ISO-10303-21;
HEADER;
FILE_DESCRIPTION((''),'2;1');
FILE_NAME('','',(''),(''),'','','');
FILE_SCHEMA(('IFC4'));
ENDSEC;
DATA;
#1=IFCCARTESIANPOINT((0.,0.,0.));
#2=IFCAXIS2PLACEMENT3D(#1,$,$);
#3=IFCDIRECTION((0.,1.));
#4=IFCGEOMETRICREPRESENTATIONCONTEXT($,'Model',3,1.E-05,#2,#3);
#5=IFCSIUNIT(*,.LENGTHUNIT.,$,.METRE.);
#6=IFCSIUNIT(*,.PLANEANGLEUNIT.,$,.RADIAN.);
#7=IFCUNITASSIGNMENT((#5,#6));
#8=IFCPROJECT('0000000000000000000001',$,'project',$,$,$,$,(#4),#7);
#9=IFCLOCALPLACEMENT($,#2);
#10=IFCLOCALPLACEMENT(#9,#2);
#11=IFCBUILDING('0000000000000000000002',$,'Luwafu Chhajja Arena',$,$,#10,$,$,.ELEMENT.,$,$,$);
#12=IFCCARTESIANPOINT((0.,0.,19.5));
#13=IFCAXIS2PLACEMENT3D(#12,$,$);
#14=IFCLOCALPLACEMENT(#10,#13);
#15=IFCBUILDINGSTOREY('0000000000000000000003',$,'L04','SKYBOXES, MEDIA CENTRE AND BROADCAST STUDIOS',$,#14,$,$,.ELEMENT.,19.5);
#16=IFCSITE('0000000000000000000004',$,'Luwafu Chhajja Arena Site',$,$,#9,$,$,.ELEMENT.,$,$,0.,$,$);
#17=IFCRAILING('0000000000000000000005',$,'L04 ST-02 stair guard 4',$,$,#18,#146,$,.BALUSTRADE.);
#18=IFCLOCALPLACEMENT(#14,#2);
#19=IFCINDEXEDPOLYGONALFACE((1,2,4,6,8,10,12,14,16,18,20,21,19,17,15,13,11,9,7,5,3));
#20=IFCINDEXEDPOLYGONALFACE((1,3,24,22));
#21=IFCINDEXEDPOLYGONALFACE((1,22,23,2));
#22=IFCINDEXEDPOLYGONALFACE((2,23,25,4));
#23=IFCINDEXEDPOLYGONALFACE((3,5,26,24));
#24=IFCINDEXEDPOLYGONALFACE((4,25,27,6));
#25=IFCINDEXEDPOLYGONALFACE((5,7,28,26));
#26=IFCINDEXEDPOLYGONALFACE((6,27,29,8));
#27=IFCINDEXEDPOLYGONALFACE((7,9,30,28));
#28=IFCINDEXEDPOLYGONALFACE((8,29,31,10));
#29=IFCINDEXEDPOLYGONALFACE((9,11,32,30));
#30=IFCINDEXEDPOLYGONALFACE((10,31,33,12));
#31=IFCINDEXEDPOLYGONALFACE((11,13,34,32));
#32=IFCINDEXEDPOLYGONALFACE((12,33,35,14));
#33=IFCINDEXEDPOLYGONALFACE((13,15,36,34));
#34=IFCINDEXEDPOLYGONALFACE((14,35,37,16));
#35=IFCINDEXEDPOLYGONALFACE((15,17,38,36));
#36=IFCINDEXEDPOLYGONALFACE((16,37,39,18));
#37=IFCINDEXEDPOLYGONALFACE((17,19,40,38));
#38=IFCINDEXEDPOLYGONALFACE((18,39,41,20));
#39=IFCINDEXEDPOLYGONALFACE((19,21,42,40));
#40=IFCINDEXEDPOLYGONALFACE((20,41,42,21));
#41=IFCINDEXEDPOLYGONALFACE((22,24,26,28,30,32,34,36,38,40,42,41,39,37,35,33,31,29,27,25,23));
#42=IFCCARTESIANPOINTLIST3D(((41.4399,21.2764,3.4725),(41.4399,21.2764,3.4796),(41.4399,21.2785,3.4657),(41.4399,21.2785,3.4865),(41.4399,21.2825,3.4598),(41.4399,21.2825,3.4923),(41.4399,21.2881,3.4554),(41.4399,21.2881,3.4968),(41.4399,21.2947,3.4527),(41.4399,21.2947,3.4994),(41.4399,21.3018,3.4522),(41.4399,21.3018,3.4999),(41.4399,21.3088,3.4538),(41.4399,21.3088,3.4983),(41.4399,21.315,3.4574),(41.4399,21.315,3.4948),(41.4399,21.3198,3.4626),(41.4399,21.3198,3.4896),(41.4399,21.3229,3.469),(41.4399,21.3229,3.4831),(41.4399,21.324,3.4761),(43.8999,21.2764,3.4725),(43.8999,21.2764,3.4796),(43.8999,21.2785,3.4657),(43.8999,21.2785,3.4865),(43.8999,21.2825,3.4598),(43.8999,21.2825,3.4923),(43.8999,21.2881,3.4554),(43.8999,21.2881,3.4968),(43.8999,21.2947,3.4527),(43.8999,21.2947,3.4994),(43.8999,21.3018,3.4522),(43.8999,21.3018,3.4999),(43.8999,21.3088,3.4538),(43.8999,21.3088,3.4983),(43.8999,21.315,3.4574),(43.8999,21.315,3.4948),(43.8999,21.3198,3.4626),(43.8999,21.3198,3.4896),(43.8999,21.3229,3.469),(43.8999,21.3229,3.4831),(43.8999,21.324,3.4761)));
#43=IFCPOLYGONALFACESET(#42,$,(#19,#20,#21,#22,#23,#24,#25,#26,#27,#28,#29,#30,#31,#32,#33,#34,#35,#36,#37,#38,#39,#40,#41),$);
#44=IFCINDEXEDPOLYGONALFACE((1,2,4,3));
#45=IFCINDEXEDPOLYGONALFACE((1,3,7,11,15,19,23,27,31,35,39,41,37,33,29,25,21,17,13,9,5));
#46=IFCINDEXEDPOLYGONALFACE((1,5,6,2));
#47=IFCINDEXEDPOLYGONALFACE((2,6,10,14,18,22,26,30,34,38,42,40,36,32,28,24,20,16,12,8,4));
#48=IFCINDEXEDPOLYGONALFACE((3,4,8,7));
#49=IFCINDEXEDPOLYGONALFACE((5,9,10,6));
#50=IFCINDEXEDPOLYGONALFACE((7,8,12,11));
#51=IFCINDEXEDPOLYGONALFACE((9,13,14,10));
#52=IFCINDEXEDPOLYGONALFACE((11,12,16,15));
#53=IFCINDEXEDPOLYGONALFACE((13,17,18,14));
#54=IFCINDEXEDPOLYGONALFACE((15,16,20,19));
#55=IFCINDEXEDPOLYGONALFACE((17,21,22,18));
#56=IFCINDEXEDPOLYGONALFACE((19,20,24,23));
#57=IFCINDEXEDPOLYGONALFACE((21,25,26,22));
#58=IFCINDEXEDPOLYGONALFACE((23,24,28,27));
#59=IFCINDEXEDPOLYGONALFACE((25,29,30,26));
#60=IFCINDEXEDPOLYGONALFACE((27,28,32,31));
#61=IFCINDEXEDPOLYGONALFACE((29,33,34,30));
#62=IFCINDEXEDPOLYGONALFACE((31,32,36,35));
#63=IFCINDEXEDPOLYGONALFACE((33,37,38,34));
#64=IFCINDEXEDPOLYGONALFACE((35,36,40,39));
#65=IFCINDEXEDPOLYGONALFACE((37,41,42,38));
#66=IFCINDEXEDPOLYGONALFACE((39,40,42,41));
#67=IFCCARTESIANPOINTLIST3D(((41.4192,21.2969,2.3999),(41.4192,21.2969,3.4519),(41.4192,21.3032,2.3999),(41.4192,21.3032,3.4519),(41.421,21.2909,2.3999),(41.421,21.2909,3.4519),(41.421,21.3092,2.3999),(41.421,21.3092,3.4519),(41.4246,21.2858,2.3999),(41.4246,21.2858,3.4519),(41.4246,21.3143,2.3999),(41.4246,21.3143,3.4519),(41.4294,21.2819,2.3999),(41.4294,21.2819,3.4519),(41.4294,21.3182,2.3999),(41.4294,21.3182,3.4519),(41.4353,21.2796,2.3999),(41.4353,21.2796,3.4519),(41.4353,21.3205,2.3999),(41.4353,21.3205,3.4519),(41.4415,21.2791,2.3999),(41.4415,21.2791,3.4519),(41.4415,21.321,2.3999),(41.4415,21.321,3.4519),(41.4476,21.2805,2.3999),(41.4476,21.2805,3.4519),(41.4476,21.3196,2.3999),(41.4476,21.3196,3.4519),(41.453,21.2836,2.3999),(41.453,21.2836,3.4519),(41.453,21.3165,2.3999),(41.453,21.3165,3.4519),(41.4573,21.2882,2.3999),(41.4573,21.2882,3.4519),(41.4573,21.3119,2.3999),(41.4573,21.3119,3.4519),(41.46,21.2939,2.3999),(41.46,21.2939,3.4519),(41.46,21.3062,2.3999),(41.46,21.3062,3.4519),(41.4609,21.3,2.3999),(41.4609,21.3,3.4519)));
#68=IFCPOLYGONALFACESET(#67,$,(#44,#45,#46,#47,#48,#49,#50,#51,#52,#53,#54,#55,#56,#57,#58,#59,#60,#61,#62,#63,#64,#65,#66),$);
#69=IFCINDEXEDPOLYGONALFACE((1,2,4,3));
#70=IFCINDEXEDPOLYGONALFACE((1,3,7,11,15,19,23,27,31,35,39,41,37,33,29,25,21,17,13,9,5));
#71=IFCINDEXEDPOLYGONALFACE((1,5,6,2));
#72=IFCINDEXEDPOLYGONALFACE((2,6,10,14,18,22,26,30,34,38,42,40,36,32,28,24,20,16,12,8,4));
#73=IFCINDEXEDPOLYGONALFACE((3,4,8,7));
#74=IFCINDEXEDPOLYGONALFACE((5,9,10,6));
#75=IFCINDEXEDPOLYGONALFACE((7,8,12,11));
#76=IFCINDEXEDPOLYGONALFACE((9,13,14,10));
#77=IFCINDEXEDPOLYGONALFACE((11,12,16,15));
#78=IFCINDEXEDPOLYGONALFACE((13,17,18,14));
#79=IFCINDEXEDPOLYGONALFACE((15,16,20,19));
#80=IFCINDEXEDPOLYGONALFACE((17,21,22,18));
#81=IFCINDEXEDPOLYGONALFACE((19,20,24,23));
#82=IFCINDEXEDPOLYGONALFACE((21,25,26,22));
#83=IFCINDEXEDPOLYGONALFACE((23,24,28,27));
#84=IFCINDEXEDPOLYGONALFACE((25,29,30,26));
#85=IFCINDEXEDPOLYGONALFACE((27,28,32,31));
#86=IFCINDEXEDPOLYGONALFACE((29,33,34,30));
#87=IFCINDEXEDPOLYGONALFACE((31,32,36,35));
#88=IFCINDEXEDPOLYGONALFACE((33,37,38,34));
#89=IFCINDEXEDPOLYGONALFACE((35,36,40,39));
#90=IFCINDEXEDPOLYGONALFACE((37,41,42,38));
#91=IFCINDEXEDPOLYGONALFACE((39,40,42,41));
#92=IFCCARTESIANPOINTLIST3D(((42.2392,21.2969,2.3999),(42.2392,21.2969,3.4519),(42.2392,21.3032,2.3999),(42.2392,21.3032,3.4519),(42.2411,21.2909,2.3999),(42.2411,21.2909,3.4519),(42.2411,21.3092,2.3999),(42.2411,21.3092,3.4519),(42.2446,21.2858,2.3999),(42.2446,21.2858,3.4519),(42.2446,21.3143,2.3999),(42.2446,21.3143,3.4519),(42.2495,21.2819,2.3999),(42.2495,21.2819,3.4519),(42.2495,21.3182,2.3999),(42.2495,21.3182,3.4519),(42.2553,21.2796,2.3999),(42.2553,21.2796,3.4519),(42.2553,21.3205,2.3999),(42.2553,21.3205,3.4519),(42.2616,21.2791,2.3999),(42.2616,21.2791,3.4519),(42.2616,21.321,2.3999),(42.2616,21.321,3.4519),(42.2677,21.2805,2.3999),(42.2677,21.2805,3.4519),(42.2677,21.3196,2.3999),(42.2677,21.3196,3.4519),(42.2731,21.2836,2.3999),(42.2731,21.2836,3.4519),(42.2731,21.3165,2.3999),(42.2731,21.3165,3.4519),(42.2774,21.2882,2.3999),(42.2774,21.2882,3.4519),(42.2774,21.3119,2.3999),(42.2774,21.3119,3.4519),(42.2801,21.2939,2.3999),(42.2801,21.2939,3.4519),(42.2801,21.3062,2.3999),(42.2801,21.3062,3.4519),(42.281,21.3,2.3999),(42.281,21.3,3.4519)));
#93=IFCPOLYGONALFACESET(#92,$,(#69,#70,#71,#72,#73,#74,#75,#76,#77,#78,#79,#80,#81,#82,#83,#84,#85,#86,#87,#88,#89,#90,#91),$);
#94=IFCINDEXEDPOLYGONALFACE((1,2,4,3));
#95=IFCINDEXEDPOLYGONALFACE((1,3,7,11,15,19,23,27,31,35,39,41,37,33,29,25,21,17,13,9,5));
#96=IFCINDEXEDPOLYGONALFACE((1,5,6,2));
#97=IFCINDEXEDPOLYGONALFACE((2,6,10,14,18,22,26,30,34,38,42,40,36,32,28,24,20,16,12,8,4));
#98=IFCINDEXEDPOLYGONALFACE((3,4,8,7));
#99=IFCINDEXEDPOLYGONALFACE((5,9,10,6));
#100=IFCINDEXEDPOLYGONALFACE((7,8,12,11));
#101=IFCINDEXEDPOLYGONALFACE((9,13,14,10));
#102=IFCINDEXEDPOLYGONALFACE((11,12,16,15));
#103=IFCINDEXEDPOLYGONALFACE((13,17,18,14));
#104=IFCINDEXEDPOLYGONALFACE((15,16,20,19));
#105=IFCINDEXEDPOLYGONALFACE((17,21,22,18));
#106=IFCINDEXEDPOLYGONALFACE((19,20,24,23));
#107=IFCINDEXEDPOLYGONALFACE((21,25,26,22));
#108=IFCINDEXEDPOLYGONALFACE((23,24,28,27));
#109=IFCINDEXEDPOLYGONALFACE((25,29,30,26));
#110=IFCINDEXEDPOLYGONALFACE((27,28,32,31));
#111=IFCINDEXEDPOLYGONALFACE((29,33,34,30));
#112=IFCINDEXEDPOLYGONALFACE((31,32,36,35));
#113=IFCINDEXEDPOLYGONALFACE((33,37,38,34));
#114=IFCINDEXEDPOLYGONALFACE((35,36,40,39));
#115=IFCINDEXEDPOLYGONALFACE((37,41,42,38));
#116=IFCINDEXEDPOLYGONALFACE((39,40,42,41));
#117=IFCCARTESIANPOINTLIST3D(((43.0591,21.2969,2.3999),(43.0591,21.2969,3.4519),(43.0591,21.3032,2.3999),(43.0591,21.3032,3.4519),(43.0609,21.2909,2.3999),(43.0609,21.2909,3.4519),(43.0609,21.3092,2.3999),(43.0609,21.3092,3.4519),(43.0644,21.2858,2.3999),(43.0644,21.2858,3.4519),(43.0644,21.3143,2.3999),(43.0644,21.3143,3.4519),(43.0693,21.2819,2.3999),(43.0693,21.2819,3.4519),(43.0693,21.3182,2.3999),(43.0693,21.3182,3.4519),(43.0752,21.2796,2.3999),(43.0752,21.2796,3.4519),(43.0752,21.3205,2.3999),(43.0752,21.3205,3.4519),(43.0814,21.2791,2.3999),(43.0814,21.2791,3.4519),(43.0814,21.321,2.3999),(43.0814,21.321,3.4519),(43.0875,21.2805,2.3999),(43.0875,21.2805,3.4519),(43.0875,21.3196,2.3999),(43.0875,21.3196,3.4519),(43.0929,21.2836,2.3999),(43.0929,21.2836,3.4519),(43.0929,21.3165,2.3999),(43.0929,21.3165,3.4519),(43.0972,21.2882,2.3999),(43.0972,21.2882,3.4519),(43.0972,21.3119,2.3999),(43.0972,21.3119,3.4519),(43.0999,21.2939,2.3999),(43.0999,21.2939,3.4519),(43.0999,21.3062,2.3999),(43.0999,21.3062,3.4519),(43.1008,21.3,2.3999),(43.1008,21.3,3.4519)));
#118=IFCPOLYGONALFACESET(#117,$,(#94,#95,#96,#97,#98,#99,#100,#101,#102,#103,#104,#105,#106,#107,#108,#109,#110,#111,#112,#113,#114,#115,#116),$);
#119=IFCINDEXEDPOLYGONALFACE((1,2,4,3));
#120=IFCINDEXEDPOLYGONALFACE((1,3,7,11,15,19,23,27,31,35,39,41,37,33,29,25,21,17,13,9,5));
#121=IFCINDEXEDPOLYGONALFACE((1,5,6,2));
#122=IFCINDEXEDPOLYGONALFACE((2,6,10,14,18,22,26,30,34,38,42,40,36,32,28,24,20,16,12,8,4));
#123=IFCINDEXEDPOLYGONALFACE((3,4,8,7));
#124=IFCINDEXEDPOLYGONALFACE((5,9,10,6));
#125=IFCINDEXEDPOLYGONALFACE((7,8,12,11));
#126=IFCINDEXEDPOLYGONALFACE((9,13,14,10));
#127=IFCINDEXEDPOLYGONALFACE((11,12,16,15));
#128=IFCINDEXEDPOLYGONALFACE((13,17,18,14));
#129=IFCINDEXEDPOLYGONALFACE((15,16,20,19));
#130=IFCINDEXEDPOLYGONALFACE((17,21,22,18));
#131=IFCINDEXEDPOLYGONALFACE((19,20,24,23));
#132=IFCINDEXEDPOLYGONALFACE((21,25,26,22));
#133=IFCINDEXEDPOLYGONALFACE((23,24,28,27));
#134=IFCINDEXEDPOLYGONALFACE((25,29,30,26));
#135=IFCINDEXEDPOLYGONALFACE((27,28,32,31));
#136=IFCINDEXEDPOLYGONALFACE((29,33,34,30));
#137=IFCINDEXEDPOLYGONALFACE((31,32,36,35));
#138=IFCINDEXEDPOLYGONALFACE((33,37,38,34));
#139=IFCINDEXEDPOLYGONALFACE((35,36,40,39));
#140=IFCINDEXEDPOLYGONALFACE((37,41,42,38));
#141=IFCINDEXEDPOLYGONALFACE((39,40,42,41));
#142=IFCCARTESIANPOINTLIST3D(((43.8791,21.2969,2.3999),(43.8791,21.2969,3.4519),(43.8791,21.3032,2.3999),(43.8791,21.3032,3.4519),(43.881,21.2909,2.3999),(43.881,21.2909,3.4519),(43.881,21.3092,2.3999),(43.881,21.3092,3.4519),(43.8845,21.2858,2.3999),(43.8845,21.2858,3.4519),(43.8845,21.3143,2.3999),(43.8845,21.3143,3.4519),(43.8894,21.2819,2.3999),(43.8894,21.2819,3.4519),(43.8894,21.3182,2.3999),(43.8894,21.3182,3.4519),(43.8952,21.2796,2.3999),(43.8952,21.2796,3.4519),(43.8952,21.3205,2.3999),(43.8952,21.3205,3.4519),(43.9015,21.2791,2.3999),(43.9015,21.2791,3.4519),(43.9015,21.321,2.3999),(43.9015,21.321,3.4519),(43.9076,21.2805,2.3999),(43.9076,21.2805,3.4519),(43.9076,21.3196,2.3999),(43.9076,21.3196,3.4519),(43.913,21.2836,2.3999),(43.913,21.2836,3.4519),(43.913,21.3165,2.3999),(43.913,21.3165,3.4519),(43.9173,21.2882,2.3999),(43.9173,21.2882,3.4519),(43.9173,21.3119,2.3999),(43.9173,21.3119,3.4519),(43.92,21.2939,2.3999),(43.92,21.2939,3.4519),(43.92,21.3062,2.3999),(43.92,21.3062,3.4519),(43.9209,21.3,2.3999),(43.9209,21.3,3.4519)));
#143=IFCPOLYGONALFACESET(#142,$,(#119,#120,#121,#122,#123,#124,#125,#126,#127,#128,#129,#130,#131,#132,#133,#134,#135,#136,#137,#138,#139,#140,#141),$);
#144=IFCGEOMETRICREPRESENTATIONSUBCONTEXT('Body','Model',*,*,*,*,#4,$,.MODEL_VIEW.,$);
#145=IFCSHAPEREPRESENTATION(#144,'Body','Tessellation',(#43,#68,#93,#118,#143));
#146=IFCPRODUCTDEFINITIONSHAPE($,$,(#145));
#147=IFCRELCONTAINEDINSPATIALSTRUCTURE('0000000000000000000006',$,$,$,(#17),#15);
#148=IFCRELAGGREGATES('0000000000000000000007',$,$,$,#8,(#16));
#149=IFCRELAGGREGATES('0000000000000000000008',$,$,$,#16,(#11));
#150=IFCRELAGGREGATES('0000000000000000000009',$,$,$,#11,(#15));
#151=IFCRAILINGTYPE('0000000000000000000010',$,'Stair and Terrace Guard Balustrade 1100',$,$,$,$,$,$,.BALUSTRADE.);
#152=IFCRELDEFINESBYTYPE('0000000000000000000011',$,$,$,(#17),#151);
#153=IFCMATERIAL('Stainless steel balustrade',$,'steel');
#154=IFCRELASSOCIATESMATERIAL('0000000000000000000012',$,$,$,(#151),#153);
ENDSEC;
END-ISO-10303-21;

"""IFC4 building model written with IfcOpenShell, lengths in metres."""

from ifc_helpers import new_model, si_unit, direction, frame, origin, origin_2d, place, context, subcontext, project, spatial, circle, extrude, material, type_object, element, save


model = new_model("IFC4")

# Units and contexts
model_context = context("Model", 3, precision=1e-05, world=origin(), true_north=direction((0.0, 1.0)))
body_context = subcontext(model_context, "Body", "Model", "MODEL_VIEW")
ifc_project = project(units=[si_unit("LENGTHUNIT", "METRE"), si_unit("PLANEANGLEUNIT", "RADIAN")], contexts=[model_context])

# Site, building, storey
site_placement = place(None, origin())
site = spatial("IfcSite", under=ifc_project, at=site_placement, Name="Luwafu Chhajja Arena Site", CompositionType="ELEMENT", RefElevation=0.0)
building_placement = place(site_placement, origin())
building = spatial("IfcBuilding", under=site, at=building_placement, Name="Luwafu Chhajja Arena", CompositionType="ELEMENT")
storey_placement = place(building_placement, frame((0.0, 0.0, 19.5)))
storey = spatial("IfcBuildingStorey", under=building, at=storey_placement, Name="L04", Description="SKYBOXES, MEDIA CENTRE AND BROADCAST STUDIOS", CompositionType="ELEMENT", Elevation=19.5)

# Railing
ifc_material_1 = material(Name="Stainless steel balustrade", Category="steel")
railing_type_1 = type_object("IfcRailingType", Name="Stair and Terrace Guard Balustrade 1100", PredefinedType="BALUSTRADE", material=ifc_material_1)
railing_1_placement = place(storey_placement, frame((41.4399, 21.3, 2.3999)))
element("IfcRailing", 1, at=railing_1_placement, inside=storey, type_object=railing_type_1, Name="L04 ST-02 stair guard 4", PredefinedType="BALUSTRADE", context=body_context, shape_type="SweptSolid", body=[
    extrude(circle(Radius=0.0239, at=origin_2d()), frame((0.0, 0.0, 1.0762), z_axis=(1.0, 0.0, 0.0), x_axis=(0.0, 1.0, 0.0)), (0.0, 0.0, 1.0), 2.46),
    extrude(circle(Radius=0.021, at=origin_2d()), origin(), (0.0, 0.0, 1.0), 1.052),
    extrude(circle(Radius=0.021, at=origin_2d()), frame((0.8201, 0.0, 0.0)), (0.0, 0.0, 1.0), 1.052),
    extrude(circle(Radius=0.021, at=origin_2d()), frame((1.6399, 0.0, 0.0)), (0.0, 0.0, 1.0), 1.052),
    extrude(circle(Radius=0.021, at=origin_2d()), frame((2.46, 0.0, 0.0)), (0.0, 0.0, 1.0), 1.052),
])

save(model, "model.ifc")
